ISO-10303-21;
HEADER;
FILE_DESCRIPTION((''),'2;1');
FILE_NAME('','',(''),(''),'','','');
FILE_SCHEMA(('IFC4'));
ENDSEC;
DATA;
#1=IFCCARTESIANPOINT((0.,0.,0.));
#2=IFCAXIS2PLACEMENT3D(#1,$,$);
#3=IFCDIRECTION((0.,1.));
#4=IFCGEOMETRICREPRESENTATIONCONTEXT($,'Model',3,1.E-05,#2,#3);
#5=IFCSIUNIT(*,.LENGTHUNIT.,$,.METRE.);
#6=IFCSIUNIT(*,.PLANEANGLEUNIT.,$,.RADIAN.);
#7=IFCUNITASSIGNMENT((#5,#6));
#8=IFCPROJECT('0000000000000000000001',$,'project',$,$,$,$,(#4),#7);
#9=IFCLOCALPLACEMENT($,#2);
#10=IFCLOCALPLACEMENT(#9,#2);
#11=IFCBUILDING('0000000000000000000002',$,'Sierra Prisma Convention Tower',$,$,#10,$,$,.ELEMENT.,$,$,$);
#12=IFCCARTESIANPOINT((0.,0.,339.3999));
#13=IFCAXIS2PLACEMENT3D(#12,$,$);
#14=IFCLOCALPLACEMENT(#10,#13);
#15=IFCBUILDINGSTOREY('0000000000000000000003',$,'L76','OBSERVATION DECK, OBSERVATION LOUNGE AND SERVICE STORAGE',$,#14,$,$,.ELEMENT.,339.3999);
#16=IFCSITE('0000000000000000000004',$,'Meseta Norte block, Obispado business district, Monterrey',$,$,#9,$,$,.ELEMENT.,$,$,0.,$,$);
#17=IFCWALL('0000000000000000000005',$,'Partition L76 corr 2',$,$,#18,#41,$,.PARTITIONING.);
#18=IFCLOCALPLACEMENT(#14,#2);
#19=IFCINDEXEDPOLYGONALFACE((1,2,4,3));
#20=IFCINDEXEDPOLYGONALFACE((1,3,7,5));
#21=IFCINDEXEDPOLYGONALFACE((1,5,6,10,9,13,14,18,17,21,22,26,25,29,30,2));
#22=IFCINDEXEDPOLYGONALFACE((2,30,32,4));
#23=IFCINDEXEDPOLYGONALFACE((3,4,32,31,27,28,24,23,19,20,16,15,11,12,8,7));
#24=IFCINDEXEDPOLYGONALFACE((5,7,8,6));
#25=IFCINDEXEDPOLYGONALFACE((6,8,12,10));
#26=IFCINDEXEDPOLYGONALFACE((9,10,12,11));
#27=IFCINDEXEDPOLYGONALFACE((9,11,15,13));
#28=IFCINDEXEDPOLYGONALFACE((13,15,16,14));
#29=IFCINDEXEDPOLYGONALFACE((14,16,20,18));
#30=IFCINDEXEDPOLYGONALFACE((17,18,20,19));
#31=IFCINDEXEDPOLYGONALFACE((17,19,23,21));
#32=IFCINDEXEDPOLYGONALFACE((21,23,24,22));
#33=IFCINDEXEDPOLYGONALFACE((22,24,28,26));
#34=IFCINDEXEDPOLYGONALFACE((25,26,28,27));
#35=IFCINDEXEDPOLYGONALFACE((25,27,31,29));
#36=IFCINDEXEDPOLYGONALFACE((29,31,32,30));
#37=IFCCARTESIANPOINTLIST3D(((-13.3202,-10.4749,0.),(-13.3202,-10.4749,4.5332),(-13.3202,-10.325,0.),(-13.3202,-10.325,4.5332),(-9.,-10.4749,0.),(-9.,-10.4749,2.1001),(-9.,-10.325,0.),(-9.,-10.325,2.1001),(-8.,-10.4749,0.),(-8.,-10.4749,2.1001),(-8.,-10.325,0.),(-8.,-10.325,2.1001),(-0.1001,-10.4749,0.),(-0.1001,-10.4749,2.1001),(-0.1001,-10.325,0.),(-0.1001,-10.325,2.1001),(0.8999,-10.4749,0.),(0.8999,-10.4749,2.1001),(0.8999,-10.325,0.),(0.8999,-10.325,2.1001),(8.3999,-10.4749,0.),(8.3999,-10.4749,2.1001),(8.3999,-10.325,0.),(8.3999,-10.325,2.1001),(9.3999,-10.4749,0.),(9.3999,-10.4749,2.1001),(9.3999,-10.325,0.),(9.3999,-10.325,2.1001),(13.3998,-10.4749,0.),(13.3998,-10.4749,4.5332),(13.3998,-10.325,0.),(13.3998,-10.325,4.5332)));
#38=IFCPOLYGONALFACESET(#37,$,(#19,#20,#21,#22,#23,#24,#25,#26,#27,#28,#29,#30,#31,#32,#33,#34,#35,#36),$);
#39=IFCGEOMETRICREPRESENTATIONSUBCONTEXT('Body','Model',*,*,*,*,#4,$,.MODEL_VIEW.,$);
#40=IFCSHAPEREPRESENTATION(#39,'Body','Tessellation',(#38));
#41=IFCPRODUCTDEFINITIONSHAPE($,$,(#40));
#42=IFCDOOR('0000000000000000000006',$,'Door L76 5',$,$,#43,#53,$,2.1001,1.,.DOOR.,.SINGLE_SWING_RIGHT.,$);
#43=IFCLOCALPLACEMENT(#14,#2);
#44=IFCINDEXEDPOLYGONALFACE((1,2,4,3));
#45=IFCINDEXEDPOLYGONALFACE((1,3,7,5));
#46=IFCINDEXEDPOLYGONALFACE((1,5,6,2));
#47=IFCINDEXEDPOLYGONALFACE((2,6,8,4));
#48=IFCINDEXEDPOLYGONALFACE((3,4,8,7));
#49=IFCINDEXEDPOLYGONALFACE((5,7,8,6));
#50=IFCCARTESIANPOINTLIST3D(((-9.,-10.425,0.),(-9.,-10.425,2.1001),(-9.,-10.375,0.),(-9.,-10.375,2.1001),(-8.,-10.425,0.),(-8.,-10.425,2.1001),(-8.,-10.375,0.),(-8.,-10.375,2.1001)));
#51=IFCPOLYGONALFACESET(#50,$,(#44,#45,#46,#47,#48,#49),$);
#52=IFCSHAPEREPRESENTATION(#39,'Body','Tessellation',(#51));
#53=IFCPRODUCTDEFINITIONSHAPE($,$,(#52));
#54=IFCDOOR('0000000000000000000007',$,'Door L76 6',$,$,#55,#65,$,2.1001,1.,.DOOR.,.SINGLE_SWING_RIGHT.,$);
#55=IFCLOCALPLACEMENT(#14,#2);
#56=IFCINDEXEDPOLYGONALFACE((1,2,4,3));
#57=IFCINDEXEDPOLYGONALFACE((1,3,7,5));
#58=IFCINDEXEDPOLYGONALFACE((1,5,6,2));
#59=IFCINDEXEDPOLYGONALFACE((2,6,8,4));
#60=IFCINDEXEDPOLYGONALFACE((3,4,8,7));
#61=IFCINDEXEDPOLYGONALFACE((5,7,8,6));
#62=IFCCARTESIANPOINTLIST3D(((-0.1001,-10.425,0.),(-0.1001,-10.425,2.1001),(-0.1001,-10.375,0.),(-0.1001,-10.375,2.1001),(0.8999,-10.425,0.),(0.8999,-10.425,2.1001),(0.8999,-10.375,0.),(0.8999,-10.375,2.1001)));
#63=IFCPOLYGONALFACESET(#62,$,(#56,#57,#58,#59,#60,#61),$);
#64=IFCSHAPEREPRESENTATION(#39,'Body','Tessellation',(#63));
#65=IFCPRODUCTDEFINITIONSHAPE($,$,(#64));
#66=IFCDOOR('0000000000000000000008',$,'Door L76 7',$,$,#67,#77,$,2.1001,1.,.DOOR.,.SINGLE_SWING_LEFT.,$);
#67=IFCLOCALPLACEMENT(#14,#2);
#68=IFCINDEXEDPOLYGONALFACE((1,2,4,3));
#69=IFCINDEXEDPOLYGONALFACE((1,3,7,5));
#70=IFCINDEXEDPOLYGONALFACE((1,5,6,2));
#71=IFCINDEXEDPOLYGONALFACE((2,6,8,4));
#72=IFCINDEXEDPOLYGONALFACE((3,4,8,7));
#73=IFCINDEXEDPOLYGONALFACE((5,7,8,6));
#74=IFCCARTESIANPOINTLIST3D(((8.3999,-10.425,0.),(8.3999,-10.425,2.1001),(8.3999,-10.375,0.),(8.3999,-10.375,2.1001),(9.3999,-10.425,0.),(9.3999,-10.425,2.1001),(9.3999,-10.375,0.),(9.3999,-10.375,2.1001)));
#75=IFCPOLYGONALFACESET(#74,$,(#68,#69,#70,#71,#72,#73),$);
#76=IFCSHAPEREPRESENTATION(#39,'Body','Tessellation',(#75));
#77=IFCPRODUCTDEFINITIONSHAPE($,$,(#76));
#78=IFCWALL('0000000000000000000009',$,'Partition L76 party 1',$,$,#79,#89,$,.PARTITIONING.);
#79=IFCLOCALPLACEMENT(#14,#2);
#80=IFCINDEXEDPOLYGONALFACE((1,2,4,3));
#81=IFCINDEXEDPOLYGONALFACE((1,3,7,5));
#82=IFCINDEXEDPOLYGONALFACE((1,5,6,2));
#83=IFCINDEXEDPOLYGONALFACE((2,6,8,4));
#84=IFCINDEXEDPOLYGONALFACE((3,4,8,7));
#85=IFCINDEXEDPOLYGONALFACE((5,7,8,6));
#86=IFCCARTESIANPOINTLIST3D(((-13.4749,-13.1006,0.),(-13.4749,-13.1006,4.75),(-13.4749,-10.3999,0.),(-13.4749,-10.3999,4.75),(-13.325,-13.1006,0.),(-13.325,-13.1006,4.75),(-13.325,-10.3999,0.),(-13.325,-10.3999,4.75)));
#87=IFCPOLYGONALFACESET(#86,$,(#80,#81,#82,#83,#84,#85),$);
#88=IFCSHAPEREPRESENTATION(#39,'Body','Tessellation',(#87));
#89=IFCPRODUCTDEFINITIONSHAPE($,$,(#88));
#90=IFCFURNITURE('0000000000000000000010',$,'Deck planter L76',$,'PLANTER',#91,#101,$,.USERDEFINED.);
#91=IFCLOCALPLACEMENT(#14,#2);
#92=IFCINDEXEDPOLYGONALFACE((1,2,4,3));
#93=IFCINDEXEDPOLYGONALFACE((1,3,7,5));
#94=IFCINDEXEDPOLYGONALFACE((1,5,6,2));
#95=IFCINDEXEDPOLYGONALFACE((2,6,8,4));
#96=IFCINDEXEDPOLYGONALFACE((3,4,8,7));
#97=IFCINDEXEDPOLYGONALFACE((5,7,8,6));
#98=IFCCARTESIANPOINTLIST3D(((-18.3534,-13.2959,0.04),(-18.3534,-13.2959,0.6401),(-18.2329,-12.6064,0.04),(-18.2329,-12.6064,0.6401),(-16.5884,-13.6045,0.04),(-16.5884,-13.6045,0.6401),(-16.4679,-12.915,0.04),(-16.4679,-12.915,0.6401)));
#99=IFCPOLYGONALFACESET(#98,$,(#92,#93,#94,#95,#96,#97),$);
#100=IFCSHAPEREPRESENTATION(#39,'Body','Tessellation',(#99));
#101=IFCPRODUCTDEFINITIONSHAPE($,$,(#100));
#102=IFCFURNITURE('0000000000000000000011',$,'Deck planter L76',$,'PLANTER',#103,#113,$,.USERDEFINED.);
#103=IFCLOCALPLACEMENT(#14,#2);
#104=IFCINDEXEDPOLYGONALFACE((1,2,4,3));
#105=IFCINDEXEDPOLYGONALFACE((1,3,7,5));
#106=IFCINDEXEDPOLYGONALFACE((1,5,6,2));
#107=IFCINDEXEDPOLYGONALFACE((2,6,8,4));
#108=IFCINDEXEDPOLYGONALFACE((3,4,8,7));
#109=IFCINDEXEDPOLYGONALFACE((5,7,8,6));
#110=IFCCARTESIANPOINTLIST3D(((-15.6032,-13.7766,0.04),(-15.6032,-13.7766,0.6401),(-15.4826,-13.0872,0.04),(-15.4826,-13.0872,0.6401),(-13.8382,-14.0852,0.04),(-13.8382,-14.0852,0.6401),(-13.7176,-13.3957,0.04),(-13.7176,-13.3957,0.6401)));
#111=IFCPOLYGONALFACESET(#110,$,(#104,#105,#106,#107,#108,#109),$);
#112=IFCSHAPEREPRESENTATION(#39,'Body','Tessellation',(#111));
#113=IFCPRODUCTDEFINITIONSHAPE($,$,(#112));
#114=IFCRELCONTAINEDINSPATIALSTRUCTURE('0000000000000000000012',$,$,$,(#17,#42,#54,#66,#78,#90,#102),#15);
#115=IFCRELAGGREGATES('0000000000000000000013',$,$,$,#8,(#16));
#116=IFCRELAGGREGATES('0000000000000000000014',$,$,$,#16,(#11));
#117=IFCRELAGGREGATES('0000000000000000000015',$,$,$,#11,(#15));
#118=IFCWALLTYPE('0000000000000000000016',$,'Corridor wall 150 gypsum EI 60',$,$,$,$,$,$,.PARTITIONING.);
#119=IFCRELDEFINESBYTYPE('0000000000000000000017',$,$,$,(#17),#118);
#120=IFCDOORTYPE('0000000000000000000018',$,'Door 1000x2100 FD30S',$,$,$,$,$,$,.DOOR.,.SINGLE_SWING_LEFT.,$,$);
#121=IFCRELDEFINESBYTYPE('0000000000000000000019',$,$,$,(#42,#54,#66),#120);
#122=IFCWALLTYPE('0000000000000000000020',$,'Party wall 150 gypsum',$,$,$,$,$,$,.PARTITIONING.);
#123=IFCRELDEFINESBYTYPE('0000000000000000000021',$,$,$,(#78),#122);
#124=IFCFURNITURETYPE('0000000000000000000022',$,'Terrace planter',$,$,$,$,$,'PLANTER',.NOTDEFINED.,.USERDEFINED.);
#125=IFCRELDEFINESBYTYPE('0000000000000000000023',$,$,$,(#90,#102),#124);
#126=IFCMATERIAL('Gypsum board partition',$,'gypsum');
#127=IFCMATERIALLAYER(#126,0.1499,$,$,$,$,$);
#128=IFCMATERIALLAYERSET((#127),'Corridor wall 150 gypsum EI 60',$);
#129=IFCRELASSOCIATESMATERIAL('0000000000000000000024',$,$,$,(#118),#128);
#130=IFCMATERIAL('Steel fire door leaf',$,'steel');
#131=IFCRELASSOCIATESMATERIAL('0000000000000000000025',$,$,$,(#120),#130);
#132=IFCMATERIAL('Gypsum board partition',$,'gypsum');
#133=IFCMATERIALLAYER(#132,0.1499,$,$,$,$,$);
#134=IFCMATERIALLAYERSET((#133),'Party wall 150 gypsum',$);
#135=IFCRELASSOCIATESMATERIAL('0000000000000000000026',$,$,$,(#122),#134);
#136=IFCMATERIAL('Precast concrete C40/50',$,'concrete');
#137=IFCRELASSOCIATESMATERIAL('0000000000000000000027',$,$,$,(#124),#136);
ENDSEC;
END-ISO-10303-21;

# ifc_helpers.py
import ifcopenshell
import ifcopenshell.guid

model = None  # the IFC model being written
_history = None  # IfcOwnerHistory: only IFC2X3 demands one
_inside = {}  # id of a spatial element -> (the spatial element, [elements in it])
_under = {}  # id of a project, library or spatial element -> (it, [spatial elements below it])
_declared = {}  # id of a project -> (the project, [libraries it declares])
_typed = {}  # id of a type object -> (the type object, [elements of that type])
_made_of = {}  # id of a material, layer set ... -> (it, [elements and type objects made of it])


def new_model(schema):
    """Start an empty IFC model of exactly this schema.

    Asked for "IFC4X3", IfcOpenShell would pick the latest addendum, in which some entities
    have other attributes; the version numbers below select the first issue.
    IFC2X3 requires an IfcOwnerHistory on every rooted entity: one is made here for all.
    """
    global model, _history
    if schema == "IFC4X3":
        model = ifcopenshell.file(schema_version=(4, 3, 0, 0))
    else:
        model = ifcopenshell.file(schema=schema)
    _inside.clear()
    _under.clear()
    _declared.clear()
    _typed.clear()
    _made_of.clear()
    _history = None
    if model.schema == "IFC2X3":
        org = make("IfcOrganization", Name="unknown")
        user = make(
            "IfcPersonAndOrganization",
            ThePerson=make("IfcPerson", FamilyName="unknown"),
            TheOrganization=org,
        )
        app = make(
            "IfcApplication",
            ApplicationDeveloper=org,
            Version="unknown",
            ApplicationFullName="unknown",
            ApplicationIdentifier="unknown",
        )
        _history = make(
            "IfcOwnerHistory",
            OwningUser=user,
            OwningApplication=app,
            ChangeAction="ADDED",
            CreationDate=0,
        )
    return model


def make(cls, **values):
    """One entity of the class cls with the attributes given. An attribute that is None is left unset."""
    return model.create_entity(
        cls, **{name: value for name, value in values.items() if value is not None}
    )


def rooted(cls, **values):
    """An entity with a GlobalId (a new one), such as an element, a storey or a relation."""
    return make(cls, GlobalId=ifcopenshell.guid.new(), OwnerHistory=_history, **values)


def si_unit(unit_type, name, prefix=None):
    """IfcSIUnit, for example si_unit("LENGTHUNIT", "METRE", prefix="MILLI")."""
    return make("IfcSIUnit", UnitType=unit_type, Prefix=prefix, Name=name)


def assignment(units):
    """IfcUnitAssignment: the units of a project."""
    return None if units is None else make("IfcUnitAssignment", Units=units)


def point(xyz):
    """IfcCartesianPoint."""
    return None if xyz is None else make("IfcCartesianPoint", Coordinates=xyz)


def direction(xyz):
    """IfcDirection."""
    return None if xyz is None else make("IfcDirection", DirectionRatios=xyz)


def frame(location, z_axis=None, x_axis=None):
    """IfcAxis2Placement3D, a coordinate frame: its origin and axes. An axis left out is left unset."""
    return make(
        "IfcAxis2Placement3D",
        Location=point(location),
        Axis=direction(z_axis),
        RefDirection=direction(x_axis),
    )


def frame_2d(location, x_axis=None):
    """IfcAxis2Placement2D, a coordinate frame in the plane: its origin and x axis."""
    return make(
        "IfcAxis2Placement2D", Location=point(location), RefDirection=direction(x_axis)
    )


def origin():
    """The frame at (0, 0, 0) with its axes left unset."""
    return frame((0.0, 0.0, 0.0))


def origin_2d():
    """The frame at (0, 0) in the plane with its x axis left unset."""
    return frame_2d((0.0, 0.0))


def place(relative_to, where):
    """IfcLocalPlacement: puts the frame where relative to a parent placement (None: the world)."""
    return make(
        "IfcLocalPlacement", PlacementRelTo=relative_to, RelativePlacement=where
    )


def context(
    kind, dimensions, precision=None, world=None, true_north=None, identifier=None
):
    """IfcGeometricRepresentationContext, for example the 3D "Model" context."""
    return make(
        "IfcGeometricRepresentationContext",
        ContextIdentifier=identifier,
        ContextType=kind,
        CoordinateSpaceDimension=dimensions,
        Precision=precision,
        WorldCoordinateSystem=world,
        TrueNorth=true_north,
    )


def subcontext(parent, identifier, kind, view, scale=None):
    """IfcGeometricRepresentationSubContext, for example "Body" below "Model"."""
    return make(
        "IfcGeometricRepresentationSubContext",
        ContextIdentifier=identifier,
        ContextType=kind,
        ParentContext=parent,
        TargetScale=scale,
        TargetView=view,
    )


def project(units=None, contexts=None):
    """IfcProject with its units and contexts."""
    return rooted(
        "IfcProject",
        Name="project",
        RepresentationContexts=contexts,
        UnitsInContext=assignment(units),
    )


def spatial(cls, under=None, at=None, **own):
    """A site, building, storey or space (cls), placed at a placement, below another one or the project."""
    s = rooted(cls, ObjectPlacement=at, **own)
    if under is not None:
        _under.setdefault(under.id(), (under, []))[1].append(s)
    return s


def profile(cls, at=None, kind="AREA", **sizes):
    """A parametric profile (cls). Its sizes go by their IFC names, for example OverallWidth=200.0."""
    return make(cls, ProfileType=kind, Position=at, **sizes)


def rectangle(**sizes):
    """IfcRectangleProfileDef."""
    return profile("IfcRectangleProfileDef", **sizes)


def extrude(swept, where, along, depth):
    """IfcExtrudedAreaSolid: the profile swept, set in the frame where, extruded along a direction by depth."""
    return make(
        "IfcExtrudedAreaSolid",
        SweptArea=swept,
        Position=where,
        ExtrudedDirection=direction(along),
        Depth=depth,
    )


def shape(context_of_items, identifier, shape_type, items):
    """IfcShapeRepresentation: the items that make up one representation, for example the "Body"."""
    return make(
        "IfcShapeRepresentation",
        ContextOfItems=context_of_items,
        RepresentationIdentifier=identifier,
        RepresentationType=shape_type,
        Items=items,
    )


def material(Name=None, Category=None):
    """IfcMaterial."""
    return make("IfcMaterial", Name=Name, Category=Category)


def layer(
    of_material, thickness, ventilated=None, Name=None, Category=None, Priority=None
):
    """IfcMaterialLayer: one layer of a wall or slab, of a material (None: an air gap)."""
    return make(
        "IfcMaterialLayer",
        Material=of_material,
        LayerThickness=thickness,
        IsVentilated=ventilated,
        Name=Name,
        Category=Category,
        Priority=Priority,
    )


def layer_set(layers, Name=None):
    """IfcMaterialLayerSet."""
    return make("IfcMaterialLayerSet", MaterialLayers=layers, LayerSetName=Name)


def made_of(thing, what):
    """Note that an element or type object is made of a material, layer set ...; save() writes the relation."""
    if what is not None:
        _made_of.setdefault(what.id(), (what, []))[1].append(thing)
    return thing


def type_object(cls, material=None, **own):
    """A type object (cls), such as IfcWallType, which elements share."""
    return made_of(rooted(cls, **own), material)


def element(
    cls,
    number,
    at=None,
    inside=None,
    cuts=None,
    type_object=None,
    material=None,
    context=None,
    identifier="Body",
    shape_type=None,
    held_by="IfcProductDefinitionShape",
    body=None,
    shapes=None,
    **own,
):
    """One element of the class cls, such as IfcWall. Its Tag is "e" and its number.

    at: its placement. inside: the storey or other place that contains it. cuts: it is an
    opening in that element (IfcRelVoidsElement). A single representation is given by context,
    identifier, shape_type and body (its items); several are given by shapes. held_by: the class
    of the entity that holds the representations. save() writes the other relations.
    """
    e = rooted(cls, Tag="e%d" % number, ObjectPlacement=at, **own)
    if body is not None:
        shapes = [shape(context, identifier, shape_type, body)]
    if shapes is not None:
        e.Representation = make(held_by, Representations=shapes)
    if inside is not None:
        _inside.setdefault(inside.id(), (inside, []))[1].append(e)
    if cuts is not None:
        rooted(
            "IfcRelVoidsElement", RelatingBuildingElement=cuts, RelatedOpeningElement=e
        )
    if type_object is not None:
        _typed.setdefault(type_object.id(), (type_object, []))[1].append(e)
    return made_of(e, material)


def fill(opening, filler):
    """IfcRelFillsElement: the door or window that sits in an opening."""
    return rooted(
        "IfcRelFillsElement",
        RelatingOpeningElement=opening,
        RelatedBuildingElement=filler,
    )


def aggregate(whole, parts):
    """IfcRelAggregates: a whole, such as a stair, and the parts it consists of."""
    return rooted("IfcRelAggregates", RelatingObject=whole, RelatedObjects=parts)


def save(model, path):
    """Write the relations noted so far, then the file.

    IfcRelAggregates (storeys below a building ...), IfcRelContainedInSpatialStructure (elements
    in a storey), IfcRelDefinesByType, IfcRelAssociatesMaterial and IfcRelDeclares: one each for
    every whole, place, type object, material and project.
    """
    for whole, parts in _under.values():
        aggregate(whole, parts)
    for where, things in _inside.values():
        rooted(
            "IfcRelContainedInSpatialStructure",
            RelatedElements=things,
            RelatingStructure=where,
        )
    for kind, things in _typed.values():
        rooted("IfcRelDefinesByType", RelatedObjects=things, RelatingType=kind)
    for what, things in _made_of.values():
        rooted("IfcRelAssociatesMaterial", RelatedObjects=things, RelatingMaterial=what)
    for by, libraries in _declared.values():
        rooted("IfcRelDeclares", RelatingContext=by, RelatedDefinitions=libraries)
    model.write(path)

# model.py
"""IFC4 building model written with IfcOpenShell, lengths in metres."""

from ifc_helpers import new_model, si_unit, direction, frame, frame_2d, origin, origin_2d, place, context, subcontext, project, spatial, rectangle, extrude, material, layer, layer_set, type_object, element, fill, save


model = new_model("IFC4")

# Units and contexts
model_context = context("Model", 3, precision=1e-05, world=origin(), true_north=direction((0.0, 1.0)))
body_context = subcontext(model_context, "Body", "Model", "MODEL_VIEW")
ifc_project = project(units=[si_unit("LENGTHUNIT", "METRE"), si_unit("PLANEANGLEUNIT", "RADIAN")], contexts=[model_context])

# Site, building, storey
site_placement = place(None, origin())
site = spatial("IfcSite", under=ifc_project, at=site_placement, Name="Meseta Norte block, Obispado business district, Monterrey", CompositionType="ELEMENT", RefElevation=0.0)
building_placement = place(site_placement, origin())
building = spatial("IfcBuilding", under=site, at=building_placement, Name="Sierra Prisma Convention Tower", CompositionType="ELEMENT")
storey_placement = place(building_placement, frame((0.0, 0.0, 339.3999)))
storey = spatial("IfcBuildingStorey", under=building, at=storey_placement, Name="L76", Description="OBSERVATION DECK, OBSERVATION LOUNGE AND SERVICE STORAGE", CompositionType="ELEMENT", Elevation=339.3999)

# Wall, openings, doors
ifc_material_1 = material(Name="Gypsum board partition", Category="gypsum")
ifc_layer_1 = layer(ifc_material_1, 0.1499)
ifc_layer_set_1 = layer_set([ifc_layer_1], Name="Corridor wall 150 gypsum EI 60")
wall_type_1 = type_object("IfcWallType", Name="Corridor wall 150 gypsum EI 60", PredefinedType="PARTITIONING", material=ifc_layer_set_1)
wall_1_placement = place(storey_placement, frame((-13.3201, -10.3999, 0.0), z_axis=(0.0, 0.0, 1.0), x_axis=(1.0, 0.0, 0.0)))
wall_1 = element("IfcWall", 1, at=wall_1_placement, inside=storey, type_object=wall_type_1, Name="Partition L76 corr 2", PredefinedType="PARTITIONING", context=body_context, shape_type="SweptSolid", body=[
    extrude(rectangle(XDim=26.72, YDim=0.1499, at=frame_2d((13.3599, 0.0))), origin(), (0.0, 0.0, 1.0), 4.5332),
])
opening_1_placement = place(wall_1_placement, frame((4.3201, 0.0, 0.0)))
opening_1 = element("IfcOpeningElement", 2, at=opening_1_placement, cuts=wall_1, PredefinedType="OPENING", context=body_context, shape_type="SweptSolid", body=[
    extrude(rectangle(XDim=1.0, YDim=2.1001, at=frame_2d((0.5, 1.05))), frame((0.0, 0.075, 0.0), z_axis=(0.0, -1.0, 0.0), x_axis=(1.0, 0.0, 0.0)), (0.0, 0.0, 1.0), 0.1499),
])
opening_2_placement = place(wall_1_placement, frame((13.22, 0.0, 0.0)))
opening_2 = element("IfcOpeningElement", 3, at=opening_2_placement, cuts=wall_1, PredefinedType="OPENING", context=body_context, shape_type="SweptSolid", body=[
    extrude(rectangle(XDim=1.0, YDim=2.1001, at=frame_2d((0.5, 1.05))), frame((0.0, 0.075, 0.0), z_axis=(0.0, -1.0, 0.0), x_axis=(1.0, 0.0, 0.0)), (0.0, 0.0, 1.0), 0.1499),
])
opening_3_placement = place(wall_1_placement, frame((21.72, 0.0, 0.0)))
opening_3 = element("IfcOpeningElement", 4, at=opening_3_placement, cuts=wall_1, PredefinedType="OPENING", context=body_context, shape_type="SweptSolid", body=[
    extrude(rectangle(XDim=1.0, YDim=2.1001, at=frame_2d((0.5, 1.05))), frame((0.0, 0.075, 0.0), z_axis=(0.0, -1.0, 0.0), x_axis=(1.0, 0.0, 0.0)), (0.0, 0.0, 1.0), 0.1499),
])
ifc_material_2 = material(Name="Steel fire door leaf", Category="steel")
door_type_1 = type_object("IfcDoorType", Name="Door 1000x2100 FD30S", OperationType="SINGLE_SWING_LEFT", PredefinedType="DOOR", material=ifc_material_2)
door_1_placement = place(opening_1_placement, origin())
door_1 = element("IfcDoor", 5, at=door_1_placement, inside=storey, type_object=door_type_1, Name="Door L76 5", OperationType="SINGLE_SWING_RIGHT", OverallHeight=2.1001, OverallWidth=1.0, PredefinedType="DOOR", context=body_context, shape_type="SweptSolid", body=[
    extrude(rectangle(XDim=1.0, YDim=2.1001, at=frame_2d((0.5, 1.05))), frame((0.0, 0.0249, 0.0), z_axis=(0.0, -1.0, 0.0), x_axis=(1.0, 0.0, 0.0)), (0.0, 0.0, 1.0), 0.05),
])
fill(opening_1, door_1)
door_2_placement = place(opening_2_placement, origin())
door_2 = element("IfcDoor", 6, at=door_2_placement, inside=storey, type_object=door_type_1, Name="Door L76 6", OperationType="SINGLE_SWING_RIGHT", OverallHeight=2.1001, OverallWidth=1.0, PredefinedType="DOOR", context=body_context, shape_type="SweptSolid", body=[
    extrude(rectangle(XDim=1.0, YDim=2.1001, at=frame_2d((0.5, 1.05))), frame((0.0, 0.0249, 0.0), z_axis=(0.0, -1.0, 0.0), x_axis=(1.0, 0.0, 0.0)), (0.0, 0.0, 1.0), 0.05),
])
fill(opening_2, door_2)
door_3_placement = place(opening_3_placement, origin())
door_3 = element("IfcDoor", 7, at=door_3_placement, inside=storey, type_object=door_type_1, Name="Door L76 7", OperationType="SINGLE_SWING_LEFT", OverallHeight=2.1001, OverallWidth=1.0, PredefinedType="DOOR", context=body_context, shape_type="SweptSolid", body=[
    extrude(rectangle(XDim=1.0, YDim=2.1001, at=frame_2d((0.5, 1.05))), frame((0.0, 0.0249, 0.0), z_axis=(0.0, -1.0, 0.0), x_axis=(1.0, 0.0, 0.0)), (0.0, 0.0, 1.0), 0.05),
])
fill(opening_3, door_3)

# Wall
ifc_material_3 = material(Name="Gypsum board partition", Category="gypsum")
ifc_layer_2 = layer(ifc_material_3, 0.1499)
ifc_layer_set_2 = layer_set([ifc_layer_2], Name="Party wall 150 gypsum")
wall_type_2 = type_object("IfcWallType", Name="Party wall 150 gypsum", PredefinedType="PARTITIONING", material=ifc_layer_set_2)
wall_2_placement = place(storey_placement, frame((-13.3999, -10.3999, 0.0), z_axis=(0.0, 0.0, 1.0), x_axis=(0.0, -1.0, 0.0)))
element("IfcWall", 8, at=wall_2_placement, inside=storey, type_object=wall_type_2, Name="Partition L76 party 1", PredefinedType="PARTITIONING", context=body_context, shape_type="SweptSolid", body=[
    extrude(rectangle(XDim=2.7007, YDim=0.1499, at=frame_2d((1.3503, 0.0))), origin(), (0.0, 0.0, 1.0), 4.75),
])

# Furniture
ifc_material_4 = material(Name="Precast concrete C40/50", Category="concrete")
furniture_type = type_object("IfcFurnitureType", Name="Terrace planter", ElementType="PLANTER", AssemblyPlace="NOTDEFINED", PredefinedType="USERDEFINED", material=ifc_material_4)
for number, where, z_axis, x_axis, name in (
    (9, (-17.4106, -13.1055, 0.04), (0.0, 0.0, 1.0), (0.98506, -0.172214, 0.0), "Deck planter L76"),
    (10, (-14.6604, -13.5862, 0.04), (0.0, 0.0, 1.0), (0.98506, -0.172214, 0.0), "Deck planter L76"),
):
    element("IfcFurniture", number, at=place(storey_placement, frame(where, z_axis=z_axis, x_axis=x_axis)), inside=storey, type_object=furniture_type, Name=name, ObjectType="PLANTER", PredefinedType="USERDEFINED", context=body_context, shape_type="SweptSolid", body=[
        extrude(rectangle(XDim=1.7917, YDim=0.7, at=origin_2d()), origin(), (0.0, 0.0, 1.0), 0.6001),
    ])

save(model, "model.ifc")
